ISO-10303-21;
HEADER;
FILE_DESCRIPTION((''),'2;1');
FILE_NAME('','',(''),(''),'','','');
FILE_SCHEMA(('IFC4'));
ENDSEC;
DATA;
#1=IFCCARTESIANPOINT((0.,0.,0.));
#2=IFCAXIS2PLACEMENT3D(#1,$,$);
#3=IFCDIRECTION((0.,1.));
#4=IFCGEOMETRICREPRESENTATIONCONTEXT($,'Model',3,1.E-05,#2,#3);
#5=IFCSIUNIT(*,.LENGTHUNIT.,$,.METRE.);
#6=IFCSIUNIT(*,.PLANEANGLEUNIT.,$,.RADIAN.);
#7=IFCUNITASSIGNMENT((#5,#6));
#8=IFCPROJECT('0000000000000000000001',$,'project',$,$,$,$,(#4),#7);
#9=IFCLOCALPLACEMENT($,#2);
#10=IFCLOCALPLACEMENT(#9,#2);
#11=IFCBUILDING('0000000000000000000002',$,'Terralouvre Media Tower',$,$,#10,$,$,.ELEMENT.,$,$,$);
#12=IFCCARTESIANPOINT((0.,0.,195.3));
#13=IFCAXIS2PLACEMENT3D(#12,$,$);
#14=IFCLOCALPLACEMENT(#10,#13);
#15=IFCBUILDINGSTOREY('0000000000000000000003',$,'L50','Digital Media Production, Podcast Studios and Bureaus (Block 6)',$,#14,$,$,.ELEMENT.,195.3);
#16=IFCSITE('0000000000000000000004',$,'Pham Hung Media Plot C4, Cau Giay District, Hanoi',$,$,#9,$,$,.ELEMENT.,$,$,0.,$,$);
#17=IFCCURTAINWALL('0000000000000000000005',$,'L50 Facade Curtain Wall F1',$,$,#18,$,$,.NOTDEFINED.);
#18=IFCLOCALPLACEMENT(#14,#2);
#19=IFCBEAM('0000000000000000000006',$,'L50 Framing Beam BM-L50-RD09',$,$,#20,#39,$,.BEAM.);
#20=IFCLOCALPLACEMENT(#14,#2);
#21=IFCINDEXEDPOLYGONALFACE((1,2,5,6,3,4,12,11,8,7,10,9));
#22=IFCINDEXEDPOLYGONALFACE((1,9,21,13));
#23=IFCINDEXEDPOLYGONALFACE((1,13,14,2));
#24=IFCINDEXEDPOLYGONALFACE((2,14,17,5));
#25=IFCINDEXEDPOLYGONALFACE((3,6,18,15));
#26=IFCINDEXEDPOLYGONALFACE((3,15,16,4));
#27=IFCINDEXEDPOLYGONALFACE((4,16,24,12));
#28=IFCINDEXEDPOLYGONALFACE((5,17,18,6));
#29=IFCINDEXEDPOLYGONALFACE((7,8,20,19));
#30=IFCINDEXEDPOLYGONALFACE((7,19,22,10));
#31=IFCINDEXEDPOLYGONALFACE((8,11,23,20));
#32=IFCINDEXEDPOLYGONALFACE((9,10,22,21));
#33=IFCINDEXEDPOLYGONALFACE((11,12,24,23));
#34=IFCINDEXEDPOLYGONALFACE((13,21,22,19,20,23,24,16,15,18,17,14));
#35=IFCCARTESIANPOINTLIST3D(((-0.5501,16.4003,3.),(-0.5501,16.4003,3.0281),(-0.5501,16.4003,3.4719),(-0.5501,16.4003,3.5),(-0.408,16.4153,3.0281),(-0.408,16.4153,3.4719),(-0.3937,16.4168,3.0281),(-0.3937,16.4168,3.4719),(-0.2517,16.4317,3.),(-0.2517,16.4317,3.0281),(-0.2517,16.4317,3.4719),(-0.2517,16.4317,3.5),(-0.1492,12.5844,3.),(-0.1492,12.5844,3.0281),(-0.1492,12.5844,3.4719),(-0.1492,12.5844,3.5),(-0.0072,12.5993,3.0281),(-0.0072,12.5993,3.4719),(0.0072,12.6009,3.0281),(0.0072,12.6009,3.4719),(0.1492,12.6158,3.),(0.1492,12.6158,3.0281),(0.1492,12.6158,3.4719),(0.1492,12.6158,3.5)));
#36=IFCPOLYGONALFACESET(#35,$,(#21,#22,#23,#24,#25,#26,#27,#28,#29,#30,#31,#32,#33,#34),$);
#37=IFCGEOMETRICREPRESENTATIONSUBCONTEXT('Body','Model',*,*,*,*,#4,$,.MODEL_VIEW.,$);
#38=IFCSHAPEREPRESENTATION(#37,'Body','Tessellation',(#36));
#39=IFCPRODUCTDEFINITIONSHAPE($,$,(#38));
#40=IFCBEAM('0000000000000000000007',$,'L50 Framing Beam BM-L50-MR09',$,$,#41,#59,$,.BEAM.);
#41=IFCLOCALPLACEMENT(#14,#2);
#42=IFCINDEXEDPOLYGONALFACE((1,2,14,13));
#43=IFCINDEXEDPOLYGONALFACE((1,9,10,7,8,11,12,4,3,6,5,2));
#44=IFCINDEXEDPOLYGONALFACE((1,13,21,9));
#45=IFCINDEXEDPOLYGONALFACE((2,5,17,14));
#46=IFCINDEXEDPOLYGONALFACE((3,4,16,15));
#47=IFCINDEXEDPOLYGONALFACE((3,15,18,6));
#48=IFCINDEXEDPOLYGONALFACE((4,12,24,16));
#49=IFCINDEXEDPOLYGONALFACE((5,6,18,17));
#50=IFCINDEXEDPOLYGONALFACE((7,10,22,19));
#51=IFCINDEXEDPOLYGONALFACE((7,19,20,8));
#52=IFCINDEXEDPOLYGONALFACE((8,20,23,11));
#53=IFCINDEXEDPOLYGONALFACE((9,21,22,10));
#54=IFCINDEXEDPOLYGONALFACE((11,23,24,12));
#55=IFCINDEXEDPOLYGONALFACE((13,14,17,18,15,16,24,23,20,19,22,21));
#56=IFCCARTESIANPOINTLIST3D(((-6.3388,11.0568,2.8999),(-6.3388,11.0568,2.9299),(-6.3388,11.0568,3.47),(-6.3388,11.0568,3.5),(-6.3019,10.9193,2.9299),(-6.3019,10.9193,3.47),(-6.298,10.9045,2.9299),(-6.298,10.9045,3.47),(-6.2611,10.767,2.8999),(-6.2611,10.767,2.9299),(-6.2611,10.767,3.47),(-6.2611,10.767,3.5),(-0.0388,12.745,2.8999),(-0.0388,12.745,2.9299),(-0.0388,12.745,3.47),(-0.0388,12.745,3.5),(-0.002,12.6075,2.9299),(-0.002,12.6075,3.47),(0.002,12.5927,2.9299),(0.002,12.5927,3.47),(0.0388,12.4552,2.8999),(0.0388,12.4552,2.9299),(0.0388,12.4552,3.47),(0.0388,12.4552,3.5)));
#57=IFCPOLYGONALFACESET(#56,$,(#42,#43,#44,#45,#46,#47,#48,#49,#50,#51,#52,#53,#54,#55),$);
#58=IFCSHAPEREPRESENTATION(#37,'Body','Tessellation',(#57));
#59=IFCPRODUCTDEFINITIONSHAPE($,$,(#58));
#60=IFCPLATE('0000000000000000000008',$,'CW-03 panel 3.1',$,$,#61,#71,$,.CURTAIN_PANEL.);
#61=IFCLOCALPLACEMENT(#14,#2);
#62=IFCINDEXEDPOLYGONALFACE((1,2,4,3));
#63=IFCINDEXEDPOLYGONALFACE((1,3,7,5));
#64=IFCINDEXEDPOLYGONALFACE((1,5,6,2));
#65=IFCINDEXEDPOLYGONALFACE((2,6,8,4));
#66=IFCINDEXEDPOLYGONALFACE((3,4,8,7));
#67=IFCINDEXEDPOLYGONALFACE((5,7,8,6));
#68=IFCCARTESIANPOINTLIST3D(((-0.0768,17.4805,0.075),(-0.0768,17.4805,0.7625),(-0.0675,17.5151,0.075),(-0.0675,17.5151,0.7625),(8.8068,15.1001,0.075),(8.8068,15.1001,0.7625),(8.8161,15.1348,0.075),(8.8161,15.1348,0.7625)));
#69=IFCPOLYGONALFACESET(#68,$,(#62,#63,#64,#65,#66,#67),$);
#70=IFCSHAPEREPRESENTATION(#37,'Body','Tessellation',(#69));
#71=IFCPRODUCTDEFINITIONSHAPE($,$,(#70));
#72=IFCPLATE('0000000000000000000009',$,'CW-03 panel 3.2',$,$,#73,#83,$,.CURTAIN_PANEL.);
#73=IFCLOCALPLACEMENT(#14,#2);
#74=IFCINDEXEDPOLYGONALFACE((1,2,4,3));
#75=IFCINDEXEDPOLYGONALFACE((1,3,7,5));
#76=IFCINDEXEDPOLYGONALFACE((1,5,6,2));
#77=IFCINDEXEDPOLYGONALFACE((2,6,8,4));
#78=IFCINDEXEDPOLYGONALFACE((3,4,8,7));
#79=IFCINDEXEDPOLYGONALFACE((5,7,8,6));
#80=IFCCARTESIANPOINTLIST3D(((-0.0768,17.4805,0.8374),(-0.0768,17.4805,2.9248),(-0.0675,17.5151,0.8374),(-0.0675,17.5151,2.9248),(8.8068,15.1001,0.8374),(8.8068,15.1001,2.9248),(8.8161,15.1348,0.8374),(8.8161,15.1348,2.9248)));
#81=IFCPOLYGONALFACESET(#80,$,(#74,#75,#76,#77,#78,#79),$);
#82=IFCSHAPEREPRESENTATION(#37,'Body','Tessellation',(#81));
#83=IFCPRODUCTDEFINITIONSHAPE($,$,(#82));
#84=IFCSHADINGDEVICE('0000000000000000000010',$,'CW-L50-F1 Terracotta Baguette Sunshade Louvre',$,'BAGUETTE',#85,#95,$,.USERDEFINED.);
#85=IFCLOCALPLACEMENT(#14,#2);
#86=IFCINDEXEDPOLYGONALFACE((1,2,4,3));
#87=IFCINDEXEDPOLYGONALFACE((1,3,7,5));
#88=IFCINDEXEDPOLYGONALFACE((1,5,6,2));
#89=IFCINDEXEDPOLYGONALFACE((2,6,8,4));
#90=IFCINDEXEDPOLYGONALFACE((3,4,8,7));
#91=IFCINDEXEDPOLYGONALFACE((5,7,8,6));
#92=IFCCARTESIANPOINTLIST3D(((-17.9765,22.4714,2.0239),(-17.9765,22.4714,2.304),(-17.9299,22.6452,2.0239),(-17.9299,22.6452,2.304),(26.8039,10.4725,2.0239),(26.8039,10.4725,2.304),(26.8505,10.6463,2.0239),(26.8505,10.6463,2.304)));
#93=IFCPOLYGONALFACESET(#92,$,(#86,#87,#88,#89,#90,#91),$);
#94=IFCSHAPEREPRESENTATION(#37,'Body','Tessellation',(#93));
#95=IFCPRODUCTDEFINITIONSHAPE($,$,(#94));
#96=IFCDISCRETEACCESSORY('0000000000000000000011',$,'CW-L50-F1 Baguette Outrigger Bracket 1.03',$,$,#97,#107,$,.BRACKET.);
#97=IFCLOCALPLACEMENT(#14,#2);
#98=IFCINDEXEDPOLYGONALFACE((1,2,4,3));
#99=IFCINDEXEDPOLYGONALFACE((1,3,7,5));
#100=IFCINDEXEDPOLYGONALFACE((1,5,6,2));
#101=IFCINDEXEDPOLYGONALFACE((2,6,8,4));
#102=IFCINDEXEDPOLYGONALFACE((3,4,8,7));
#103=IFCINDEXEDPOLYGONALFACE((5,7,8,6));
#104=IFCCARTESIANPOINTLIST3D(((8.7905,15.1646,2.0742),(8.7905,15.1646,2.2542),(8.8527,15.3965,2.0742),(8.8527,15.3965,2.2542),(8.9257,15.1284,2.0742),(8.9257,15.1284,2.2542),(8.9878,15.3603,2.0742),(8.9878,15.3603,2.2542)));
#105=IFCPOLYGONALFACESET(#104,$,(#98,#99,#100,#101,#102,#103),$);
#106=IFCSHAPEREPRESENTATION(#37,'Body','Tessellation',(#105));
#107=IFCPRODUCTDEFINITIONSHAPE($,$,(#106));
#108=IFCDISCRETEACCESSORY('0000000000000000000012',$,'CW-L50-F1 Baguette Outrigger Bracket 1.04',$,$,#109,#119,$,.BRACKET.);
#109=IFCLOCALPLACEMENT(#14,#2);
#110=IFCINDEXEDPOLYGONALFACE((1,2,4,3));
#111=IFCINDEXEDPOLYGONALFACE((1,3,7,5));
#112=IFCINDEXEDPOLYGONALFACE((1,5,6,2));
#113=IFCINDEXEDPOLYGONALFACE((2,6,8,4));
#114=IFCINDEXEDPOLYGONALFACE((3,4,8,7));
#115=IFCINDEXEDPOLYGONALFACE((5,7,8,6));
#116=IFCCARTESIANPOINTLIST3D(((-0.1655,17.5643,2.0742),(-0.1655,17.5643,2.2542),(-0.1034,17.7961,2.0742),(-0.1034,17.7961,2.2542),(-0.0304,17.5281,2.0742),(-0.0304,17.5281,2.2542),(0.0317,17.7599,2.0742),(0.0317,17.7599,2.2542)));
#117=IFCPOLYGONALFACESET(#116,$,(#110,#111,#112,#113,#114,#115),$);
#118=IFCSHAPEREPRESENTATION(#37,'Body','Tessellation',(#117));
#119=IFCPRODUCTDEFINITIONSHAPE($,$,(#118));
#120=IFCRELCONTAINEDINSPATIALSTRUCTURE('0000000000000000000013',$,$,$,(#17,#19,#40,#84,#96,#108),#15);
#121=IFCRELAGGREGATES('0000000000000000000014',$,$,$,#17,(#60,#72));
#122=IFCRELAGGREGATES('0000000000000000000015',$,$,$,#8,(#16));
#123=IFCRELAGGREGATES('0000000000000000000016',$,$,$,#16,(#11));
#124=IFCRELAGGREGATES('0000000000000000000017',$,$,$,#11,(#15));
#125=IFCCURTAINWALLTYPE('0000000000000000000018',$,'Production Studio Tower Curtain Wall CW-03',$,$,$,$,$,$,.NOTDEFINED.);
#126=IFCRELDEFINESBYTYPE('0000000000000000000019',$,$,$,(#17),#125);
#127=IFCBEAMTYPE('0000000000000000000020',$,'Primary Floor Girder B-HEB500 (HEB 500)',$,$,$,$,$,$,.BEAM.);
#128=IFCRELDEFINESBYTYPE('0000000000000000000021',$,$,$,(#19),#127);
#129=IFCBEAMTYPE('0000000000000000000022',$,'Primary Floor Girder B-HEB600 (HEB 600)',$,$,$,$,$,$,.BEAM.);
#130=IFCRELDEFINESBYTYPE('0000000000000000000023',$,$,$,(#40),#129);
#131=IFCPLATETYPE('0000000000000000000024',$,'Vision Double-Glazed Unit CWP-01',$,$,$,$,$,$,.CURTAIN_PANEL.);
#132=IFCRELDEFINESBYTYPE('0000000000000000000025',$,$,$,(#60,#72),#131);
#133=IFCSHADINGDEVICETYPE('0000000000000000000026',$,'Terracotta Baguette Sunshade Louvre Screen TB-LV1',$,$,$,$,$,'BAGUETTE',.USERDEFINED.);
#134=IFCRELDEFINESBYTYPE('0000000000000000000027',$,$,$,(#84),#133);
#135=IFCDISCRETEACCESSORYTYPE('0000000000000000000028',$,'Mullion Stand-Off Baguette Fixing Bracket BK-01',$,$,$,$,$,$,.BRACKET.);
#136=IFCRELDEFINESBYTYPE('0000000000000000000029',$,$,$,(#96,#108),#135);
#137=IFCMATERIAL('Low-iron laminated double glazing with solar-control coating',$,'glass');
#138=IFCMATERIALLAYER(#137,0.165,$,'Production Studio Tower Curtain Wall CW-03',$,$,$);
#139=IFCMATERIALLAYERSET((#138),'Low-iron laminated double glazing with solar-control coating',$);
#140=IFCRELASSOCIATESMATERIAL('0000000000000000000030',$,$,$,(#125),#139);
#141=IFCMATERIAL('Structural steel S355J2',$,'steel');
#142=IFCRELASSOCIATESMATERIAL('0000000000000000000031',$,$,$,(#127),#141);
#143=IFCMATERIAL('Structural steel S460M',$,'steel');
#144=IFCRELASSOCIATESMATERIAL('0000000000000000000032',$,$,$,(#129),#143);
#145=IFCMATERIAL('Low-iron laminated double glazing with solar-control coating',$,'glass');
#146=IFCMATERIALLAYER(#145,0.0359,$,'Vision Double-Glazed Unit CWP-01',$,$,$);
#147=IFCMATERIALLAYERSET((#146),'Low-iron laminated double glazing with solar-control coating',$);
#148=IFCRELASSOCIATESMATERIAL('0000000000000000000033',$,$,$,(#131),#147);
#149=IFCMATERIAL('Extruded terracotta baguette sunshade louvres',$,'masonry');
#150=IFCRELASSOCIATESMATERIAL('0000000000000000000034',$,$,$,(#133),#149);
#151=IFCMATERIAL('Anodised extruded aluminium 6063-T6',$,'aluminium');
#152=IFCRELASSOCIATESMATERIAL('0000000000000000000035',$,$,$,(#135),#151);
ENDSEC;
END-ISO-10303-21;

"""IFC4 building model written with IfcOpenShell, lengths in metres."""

from ifc_helpers import new_model, si_unit, direction, frame, origin, origin_2d, place, context, subcontext, project, spatial, rectangle, i_section, extrude, material, layer, layer_set, material_profile, profile_set, type_object, element, aggregate, save


model = new_model("IFC4")

# Units and contexts
model_context = context("Model", 3, precision=1e-05, world=origin(), true_north=direction((0.0, 1.0)))
body_context = subcontext(model_context, "Body", "Model", "MODEL_VIEW")
ifc_project = project(units=[si_unit("LENGTHUNIT", "METRE"), si_unit("PLANEANGLEUNIT", "RADIAN")], contexts=[model_context])

# Site, building, storey
site_placement = place(None, origin())
site = spatial("IfcSite", under=ifc_project, at=site_placement, Name="Pham Hung Media Plot C4, Cau Giay District, Hanoi", CompositionType="ELEMENT", RefElevation=0.0)
building_placement = place(site_placement, origin())
building = spatial("IfcBuilding", under=site, at=building_placement, Name="Terralouvre Media Tower", CompositionType="ELEMENT")
storey_placement = place(building_placement, frame((0.0, 0.0, 195.3)))
storey = spatial("IfcBuildingStorey", under=building, at=storey_placement, Name="L50", Description="Digital Media Production, Podcast Studios and Bureaus (Block 6)", CompositionType="ELEMENT", Elevation=195.3)

# Curtain wall
ifc_material_1 = material(Name="Low-iron laminated double glazing with solar-control coating", Category="glass")
ifc_layer_1 = layer(ifc_material_1, 0.165, Name="Production Studio Tower Curtain Wall CW-03")
ifc_layer_set_1 = layer_set([ifc_layer_1], Name="Low-iron laminated double glazing with solar-control coating")
curtain_wall_type = type_object("IfcCurtainWallType", Name="Production Studio Tower Curtain Wall CW-03", PredefinedType="NOTDEFINED", material=ifc_layer_set_1)
curtain_wall_placement = place(storey_placement, origin())
curtain_wall = element("IfcCurtainWall", 1, at=curtain_wall_placement, inside=storey, type_object=curtain_wall_type, Name="L50 Facade Curtain Wall F1", PredefinedType="NOTDEFINED")

# Beams
ifc_material_2 = material(Name="Structural steel S355J2", Category="steel")
ifc_material_profile_1 = material_profile(ifc_material_2, i_section(OverallWidth=0.3, OverallDepth=0.5, WebThickness=0.0144, FlangeThickness=0.0281, at=origin_2d()), Name="HEB 500")
ifc_profile_set_1 = profile_set([ifc_material_profile_1], Name="Structural steel S355J2")
beam_type_1 = type_object("IfcBeamType", Name="Primary Floor Girder B-HEB500 (HEB 500)", PredefinedType="BEAM", material=ifc_profile_set_1)
beam_1_placement = place(storey_placement, frame((0.0, 12.6001, 3.25), z_axis=(-0.104479, 0.994527, 0.0), x_axis=(-0.994527, -0.104479, 0.0)))
element("IfcBeam", 2, at=beam_1_placement, inside=storey, type_object=beam_type_1, Name="L50 Framing Beam BM-L50-RD09", PredefinedType="BEAM", context=body_context, shape_type="SweptSolid", body=[
    extrude(i_section(OverallWidth=0.3, OverallDepth=0.5, WebThickness=0.0144, FlangeThickness=0.0281, at=origin_2d()), origin(), (0.0, 0.0, 1.0), 3.8369),
])
ifc_material_3 = material(Name="Structural steel S460M", Category="steel")
ifc_material_profile_2 = material_profile(ifc_material_3, i_section(OverallWidth=0.3, OverallDepth=0.6001, WebThickness=0.0154, FlangeThickness=0.03, at=origin_2d()), Name="HEB 600")
ifc_profile_set_2 = profile_set([ifc_material_profile_2], Name="Structural steel S460M")
beam_type_2 = type_object("IfcBeamType", Name="Primary Floor Girder B-HEB600 (HEB 600)", PredefinedType="BEAM", material=ifc_profile_set_2)
beam_2_placement = place(storey_placement, frame((0.0, 12.6001, 3.2), z_axis=(-0.96592, -0.258839, 0.0), x_axis=(0.258839, -0.96592, 0.0)))
element("IfcBeam", 3, at=beam_2_placement, inside=storey, type_object=beam_type_2, Name="L50 Framing Beam BM-L50-MR09", PredefinedType="BEAM", context=body_context, shape_type="SweptSolid", body=[
    extrude(i_section(OverallWidth=0.3, OverallDepth=0.6001, WebThickness=0.0154, FlangeThickness=0.03, at=origin_2d()), origin(), (0.0, 0.0, 1.0), 6.5222),
])

# Plates
ifc_material_4 = material(Name="Low-iron laminated double glazing with solar-control coating", Category="glass")
ifc_layer_2 = layer(ifc_material_4, 0.0359, Name="Vision Double-Glazed Unit CWP-01")
ifc_layer_set_2 = layer_set([ifc_layer_2], Name="Low-iron laminated double glazing with solar-control coating")
plate_type = type_object("IfcPlateType", Name="Vision Double-Glazed Unit CWP-01", PredefinedType="CURTAIN_PANEL", material=ifc_layer_set_2)
plate_1_placement = place(storey_placement, frame((4.3696, 16.3076, 0.075), z_axis=(0.0, 0.0, 1.0), x_axis=(-0.965926, 0.258819, 0.0)))
plate_1 = element("IfcPlate", 4, at=plate_1_placement, type_object=plate_type, Name="CW-03 panel 3.1", PredefinedType="CURTAIN_PANEL", context=body_context, shape_type="SweptSolid", body=[
    extrude(rectangle(XDim=9.197, YDim=0.0359, at=origin_2d()), origin(), (0.0, 0.0, 1.0), 0.6875),
])
plate_2_placement = place(storey_placement, frame((4.3696, 16.3076, 0.8374), z_axis=(0.0, 0.0, 1.0), x_axis=(-0.965926, 0.258819, 0.0)))
plate_2 = element("IfcPlate", 5, at=plate_2_placement, type_object=plate_type, Name="CW-03 panel 3.2", PredefinedType="CURTAIN_PANEL", context=body_context, shape_type="SweptSolid", body=[
    extrude(rectangle(XDim=9.197, YDim=0.0359, at=origin_2d()), origin(), (0.0, 0.0, 1.0), 2.0874),
])
aggregate(curtain_wall, [plate_1, plate_2])

# Shading device
ifc_material_5 = material(Name="Extruded terracotta baguette sunshade louvres", Category="masonry")
shading_device_type = type_object("IfcShadingDeviceType", Name="Terracotta Baguette Sunshade Louvre Screen TB-LV1", ElementType="BAGUETTE", PredefinedType="USERDEFINED", material=ifc_material_5)
shading_device_placement = place(storey_placement, frame((4.437, 16.5588, 2.0239), z_axis=(0.0, 0.0, 1.0), x_axis=(-0.965926, 0.258819, 0.0)))
element("IfcShadingDevice", 6, at=shading_device_placement, inside=storey, type_object=shading_device_type, Name="CW-L50-F1 Terracotta Baguette Sunshade Louvre", ObjectType="BAGUETTE", PredefinedType="USERDEFINED", context=body_context, shape_type="SweptSolid", body=[
    extrude(rectangle(XDim=46.3601, YDim=0.1799, at=origin_2d()), origin(), (0.0, 0.0, 1.0), 0.28),
])

# Discrete accessories
ifc_material_6 = material(Name="Anodised extruded aluminium 6063-T6", Category="aluminium")
discrete_accessory_type = type_object("IfcDiscreteAccessoryType", Name="Mullion Stand-Off Baguette Fixing Bracket BK-01", PredefinedType="BRACKET", material=ifc_material_6)
for number, where, z_axis, x_axis, name in (
    (7, (8.8892, 15.2625, 2.0742), (0.0, 0.0, 1.0), (-0.965926, 0.258819, 0.0), "CW-L50-F1 Baguette Outrigger Bracket 1.03"),
    (8, (-0.0669, 17.6621, 2.0742), (0.0, 0.0, 1.0), (-0.965926, 0.258819, 0.0), "CW-L50-F1 Baguette Outrigger Bracket 1.04"),
):
    element("IfcDiscreteAccessory", number, at=place(storey_placement, frame(where, z_axis=z_axis, x_axis=x_axis)), inside=storey, type_object=discrete_accessory_type, Name=name, PredefinedType="BRACKET", context=body_context, shape_type="SweptSolid", body=[
        extrude(rectangle(XDim=0.1399, YDim=0.24, at=origin_2d()), origin(), (0.0, 0.0, 1.0), 0.1799),
    ])

save(model, "model.ifc")
